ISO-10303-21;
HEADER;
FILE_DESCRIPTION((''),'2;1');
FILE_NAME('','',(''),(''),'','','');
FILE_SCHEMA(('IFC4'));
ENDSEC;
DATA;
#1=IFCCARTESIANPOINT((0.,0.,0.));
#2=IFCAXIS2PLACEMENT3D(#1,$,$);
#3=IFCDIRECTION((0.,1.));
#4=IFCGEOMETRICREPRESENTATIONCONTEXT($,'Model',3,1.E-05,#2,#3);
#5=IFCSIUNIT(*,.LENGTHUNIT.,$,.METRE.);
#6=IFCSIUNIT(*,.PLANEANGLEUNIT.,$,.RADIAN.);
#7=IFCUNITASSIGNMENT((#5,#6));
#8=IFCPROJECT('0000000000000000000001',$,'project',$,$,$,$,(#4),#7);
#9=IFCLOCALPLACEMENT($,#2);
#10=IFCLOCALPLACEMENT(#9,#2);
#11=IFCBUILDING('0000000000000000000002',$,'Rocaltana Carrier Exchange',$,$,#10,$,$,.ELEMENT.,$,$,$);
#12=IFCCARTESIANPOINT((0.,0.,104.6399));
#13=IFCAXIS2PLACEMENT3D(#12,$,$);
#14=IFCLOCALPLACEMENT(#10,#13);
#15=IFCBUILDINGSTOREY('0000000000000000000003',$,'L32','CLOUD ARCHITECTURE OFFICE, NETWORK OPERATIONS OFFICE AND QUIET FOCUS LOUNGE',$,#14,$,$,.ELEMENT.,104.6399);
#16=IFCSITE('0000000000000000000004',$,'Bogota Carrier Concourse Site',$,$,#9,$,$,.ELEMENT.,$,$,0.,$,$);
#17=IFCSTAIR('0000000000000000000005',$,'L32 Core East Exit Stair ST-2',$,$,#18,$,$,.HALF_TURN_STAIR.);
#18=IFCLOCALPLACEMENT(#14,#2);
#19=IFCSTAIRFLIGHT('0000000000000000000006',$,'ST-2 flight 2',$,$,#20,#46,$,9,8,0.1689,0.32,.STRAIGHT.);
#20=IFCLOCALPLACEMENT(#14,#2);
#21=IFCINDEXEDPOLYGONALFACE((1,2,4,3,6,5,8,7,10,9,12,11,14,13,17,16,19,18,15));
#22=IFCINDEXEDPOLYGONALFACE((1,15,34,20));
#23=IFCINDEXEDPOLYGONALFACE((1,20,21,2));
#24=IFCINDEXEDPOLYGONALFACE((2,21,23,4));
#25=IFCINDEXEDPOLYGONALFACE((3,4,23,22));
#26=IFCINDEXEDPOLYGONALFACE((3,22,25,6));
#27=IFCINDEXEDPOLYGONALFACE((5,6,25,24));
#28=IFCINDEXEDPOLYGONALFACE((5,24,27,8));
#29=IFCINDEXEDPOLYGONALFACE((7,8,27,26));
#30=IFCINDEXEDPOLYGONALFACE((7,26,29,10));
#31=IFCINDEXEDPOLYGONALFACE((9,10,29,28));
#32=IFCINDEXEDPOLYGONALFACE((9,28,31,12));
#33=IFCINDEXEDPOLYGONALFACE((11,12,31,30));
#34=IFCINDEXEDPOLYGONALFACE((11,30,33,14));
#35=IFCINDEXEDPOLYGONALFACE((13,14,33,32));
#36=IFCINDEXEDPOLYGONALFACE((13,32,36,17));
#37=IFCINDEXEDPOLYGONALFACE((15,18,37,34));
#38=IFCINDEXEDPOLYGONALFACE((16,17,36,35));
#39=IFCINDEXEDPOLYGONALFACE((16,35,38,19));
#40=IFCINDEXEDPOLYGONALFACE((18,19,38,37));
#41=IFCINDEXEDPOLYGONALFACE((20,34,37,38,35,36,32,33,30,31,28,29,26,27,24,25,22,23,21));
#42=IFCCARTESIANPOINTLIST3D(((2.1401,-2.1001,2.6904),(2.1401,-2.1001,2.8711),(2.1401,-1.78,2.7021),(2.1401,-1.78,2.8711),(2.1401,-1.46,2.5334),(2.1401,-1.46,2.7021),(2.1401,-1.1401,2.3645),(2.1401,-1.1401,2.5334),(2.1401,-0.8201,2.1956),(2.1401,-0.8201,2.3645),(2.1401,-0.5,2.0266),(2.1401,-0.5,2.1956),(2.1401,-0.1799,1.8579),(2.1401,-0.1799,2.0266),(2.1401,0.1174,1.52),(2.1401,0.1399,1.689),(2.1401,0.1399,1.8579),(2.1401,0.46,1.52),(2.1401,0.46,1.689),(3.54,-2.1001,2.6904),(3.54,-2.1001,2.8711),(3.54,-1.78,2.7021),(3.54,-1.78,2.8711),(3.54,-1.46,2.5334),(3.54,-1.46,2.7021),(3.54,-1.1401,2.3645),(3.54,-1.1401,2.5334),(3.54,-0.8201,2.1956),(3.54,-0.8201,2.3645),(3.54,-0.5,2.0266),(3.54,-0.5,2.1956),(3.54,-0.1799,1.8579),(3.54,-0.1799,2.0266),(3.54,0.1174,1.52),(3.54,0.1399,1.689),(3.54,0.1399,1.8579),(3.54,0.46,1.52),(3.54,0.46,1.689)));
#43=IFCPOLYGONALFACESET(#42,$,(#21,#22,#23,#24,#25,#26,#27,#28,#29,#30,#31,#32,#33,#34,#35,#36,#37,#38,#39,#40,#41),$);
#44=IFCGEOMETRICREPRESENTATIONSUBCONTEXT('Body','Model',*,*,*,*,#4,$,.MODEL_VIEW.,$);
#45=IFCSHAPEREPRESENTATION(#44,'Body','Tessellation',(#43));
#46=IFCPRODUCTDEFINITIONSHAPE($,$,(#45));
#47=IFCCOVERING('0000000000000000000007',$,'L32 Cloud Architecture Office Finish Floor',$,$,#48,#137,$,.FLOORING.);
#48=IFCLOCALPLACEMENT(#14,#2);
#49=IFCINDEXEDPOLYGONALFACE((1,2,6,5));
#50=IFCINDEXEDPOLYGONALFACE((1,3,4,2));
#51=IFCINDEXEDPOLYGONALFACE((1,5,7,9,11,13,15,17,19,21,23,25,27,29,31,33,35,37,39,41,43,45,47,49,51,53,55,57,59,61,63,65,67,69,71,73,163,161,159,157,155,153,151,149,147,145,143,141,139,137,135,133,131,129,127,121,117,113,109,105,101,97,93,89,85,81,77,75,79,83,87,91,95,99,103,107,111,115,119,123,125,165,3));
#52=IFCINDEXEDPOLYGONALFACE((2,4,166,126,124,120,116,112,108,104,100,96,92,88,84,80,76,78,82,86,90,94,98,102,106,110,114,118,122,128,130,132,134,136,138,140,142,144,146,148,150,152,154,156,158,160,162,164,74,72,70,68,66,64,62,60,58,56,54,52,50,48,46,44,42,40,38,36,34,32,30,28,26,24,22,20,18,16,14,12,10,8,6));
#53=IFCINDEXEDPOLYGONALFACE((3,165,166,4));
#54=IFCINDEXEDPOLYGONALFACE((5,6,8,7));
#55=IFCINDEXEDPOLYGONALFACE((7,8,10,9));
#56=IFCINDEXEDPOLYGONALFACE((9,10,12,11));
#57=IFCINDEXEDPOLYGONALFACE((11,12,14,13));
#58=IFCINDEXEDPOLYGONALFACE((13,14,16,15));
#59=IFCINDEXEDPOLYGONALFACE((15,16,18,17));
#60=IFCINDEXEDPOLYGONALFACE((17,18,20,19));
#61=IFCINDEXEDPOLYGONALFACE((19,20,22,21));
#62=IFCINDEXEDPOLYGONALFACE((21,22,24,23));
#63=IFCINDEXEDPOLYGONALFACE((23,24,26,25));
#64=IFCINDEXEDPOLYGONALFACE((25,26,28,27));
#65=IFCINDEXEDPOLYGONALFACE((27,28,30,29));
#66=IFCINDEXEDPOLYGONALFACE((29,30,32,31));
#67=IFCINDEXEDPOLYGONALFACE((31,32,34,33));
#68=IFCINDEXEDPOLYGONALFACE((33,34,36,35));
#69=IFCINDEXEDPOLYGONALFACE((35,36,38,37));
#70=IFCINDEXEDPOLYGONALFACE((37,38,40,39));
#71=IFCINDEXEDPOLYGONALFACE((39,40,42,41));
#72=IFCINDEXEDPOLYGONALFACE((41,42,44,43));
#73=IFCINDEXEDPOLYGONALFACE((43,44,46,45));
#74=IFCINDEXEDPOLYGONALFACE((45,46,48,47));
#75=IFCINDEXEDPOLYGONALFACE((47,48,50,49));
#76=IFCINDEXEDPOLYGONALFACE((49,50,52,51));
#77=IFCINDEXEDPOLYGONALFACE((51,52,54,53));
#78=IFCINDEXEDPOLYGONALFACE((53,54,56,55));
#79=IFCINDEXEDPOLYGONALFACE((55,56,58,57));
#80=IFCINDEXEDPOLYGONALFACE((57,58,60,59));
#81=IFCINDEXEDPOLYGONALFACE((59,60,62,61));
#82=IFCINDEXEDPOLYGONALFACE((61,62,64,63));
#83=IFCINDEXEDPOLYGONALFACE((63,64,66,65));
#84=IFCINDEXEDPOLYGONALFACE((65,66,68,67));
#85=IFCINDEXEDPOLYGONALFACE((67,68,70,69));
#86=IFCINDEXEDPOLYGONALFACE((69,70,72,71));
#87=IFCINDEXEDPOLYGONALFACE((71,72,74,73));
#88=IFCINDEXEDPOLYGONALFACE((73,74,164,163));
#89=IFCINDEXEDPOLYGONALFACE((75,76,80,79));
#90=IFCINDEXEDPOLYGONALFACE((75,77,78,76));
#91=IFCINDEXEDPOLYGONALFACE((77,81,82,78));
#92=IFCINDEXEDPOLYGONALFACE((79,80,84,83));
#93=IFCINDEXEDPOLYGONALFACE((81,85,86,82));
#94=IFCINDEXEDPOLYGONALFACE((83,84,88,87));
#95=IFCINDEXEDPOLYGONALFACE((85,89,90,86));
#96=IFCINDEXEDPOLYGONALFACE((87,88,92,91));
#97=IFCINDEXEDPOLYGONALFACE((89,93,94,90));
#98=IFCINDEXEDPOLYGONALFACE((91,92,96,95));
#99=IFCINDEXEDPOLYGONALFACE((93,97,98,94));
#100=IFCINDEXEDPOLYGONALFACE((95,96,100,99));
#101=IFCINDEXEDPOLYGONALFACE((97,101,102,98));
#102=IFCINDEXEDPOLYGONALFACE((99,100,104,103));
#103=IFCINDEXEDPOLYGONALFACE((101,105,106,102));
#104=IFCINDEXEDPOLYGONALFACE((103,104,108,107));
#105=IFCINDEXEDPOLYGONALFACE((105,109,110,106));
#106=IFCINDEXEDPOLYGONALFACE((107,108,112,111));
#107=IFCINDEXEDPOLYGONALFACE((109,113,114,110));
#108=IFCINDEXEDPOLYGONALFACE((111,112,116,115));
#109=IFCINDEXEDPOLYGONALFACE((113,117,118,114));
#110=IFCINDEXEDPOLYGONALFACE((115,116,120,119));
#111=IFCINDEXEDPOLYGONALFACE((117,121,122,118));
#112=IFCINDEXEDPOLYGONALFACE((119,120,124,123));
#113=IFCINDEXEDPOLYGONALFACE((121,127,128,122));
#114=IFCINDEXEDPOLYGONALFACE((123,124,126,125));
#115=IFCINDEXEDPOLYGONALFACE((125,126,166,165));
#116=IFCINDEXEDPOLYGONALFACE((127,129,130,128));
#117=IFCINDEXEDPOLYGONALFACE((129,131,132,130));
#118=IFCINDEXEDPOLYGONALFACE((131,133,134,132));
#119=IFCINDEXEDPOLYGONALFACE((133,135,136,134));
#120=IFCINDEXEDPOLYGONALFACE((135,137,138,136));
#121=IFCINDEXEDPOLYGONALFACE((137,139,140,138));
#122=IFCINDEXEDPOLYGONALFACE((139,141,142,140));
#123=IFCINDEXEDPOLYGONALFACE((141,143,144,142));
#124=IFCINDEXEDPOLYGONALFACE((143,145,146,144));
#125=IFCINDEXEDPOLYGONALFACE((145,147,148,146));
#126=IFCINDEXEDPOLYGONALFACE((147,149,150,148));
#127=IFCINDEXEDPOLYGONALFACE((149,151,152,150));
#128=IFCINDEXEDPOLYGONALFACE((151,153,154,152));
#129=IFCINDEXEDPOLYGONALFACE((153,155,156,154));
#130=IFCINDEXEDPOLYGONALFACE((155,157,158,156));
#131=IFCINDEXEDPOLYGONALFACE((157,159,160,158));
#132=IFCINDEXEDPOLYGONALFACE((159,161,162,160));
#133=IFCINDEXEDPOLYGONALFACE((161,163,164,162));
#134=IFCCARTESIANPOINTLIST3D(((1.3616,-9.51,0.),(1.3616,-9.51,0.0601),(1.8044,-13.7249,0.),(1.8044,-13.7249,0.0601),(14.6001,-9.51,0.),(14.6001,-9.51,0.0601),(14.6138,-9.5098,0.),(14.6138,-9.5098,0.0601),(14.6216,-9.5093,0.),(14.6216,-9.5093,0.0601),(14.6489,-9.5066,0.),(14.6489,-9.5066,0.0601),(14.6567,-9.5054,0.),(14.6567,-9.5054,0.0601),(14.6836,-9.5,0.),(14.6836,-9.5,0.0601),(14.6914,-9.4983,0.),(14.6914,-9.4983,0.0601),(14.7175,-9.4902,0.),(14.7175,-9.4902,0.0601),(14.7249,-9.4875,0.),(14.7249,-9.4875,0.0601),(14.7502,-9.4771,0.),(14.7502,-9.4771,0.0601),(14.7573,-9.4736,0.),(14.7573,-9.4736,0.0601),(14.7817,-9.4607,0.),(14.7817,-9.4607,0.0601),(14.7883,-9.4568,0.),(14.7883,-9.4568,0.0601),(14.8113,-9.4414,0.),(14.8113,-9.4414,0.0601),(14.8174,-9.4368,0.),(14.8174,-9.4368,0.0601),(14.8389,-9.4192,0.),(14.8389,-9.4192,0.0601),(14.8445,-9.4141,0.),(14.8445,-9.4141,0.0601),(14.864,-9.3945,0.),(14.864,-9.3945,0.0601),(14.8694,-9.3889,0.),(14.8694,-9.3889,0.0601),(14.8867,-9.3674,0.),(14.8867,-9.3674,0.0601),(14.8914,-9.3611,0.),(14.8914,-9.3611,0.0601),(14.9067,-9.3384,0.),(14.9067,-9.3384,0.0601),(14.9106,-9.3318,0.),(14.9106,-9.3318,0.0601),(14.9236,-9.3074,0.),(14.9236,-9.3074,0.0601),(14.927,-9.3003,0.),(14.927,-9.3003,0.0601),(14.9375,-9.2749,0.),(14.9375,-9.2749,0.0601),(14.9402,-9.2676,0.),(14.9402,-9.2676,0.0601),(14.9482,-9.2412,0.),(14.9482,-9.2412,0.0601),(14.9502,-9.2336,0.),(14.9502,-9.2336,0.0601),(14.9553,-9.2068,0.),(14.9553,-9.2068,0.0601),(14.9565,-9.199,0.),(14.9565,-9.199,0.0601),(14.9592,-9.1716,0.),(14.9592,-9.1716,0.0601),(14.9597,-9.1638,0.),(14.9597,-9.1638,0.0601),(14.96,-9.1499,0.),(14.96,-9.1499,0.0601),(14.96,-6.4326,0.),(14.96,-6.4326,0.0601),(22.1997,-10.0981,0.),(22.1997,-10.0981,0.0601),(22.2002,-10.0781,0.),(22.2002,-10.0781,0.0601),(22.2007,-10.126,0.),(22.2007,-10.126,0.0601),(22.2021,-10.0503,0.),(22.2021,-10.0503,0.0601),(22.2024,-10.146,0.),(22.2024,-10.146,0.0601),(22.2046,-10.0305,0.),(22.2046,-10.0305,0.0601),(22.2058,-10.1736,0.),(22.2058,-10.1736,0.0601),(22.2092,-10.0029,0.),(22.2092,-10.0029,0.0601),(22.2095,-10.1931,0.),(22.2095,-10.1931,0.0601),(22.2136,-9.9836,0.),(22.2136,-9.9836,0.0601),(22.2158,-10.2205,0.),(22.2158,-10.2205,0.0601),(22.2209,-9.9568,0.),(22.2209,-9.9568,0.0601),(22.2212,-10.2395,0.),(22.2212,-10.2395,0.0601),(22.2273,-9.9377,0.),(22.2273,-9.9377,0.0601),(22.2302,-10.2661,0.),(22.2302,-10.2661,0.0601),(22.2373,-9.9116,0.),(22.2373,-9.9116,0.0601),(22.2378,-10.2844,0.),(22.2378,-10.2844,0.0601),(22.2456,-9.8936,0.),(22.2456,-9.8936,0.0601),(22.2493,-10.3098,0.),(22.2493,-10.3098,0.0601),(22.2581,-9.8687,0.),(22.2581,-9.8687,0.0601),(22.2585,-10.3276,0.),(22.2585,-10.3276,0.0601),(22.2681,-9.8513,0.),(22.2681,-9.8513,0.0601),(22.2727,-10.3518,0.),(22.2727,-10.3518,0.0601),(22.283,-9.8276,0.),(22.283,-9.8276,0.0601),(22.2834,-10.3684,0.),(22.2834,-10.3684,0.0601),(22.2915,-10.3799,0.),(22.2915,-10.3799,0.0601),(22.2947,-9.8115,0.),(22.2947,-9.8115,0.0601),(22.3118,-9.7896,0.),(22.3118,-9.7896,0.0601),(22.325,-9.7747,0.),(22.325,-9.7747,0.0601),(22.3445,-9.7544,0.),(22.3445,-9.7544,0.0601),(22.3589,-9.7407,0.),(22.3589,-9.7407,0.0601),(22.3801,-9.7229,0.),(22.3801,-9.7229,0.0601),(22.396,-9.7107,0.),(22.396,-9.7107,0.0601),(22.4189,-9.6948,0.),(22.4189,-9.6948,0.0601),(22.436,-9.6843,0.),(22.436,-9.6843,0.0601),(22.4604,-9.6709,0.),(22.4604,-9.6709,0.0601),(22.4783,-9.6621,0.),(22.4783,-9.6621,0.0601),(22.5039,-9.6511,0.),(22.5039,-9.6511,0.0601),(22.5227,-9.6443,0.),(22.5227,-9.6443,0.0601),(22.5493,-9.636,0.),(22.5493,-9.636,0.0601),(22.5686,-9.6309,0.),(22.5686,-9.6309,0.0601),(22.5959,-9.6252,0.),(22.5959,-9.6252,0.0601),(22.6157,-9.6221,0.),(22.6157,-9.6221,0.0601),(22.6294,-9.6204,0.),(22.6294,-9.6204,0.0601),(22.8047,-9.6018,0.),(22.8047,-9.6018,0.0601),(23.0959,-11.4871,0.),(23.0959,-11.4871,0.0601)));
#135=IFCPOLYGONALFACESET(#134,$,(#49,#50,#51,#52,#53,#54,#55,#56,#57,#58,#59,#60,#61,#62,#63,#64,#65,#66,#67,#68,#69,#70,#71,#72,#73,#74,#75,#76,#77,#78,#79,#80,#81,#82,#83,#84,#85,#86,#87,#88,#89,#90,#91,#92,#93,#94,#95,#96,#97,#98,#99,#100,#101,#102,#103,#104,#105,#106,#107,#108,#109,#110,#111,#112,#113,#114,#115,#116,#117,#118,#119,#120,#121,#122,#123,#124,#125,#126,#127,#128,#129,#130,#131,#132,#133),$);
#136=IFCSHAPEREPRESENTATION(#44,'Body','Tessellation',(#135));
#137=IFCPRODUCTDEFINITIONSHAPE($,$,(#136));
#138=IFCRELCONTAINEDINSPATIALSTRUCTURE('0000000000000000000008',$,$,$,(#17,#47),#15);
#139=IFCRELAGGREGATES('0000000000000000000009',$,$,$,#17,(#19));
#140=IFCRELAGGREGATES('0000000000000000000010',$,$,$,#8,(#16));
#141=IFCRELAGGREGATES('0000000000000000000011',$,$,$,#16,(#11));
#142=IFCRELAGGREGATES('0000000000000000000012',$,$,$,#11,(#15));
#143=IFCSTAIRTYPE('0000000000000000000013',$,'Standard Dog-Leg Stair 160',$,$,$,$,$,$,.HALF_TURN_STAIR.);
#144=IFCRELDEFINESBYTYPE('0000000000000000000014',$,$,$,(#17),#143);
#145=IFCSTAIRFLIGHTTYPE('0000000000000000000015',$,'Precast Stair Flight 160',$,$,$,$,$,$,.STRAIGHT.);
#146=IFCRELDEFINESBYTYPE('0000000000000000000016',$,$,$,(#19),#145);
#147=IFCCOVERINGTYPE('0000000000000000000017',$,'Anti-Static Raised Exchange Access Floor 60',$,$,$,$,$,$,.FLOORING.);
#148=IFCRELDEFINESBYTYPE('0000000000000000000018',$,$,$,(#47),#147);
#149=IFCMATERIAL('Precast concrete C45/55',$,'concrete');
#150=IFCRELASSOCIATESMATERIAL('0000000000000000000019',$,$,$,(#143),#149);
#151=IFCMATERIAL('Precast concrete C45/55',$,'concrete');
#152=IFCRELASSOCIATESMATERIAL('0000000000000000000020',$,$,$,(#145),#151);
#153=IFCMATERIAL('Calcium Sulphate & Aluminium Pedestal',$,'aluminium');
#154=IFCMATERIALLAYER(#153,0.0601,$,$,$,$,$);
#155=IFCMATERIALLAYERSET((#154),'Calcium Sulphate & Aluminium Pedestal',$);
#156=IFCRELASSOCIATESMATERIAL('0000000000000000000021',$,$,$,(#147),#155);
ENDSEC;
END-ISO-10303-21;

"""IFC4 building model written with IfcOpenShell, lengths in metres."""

from ifc_helpers import new_model, si_unit, direction, frame, origin, place, context, subcontext, project, spatial, polyline, outline, extrude, material, layer, layer_set, type_object, element, aggregate, save


model = new_model("IFC4")

# Units and contexts
model_context = context("Model", 3, precision=1e-05, world=origin(), true_north=direction((0.0, 1.0)))
body_context = subcontext(model_context, "Body", "Model", "MODEL_VIEW")
ifc_project = project(units=[si_unit("LENGTHUNIT", "METRE"), si_unit("PLANEANGLEUNIT", "RADIAN")], contexts=[model_context])

# Site, building, storey
site_placement = place(None, origin())
site = spatial("IfcSite", under=ifc_project, at=site_placement, Name="Bogota Carrier Concourse Site", CompositionType="ELEMENT", RefElevation=0.0)
building_placement = place(site_placement, origin())
building = spatial("IfcBuilding", under=site, at=building_placement, Name="Rocaltana Carrier Exchange", CompositionType="ELEMENT")
storey_placement = place(building_placement, frame((0.0, 0.0, 104.6399)))
storey = spatial("IfcBuildingStorey", under=building, at=storey_placement, Name="L32", Description="CLOUD ARCHITECTURE OFFICE, NETWORK OPERATIONS OFFICE AND QUIET FOCUS LOUNGE", CompositionType="ELEMENT", Elevation=104.6399)

# Stair, stair flight
ifc_material_1 = material(Name="Precast concrete C45/55", Category="concrete")
stair_type = type_object("IfcStairType", Name="Standard Dog-Leg Stair 160", PredefinedType="HALF_TURN_STAIR", material=ifc_material_1)
stair_placement = place(storey_placement, origin())
stair = element("IfcStair", 1, at=stair_placement, inside=storey, type_object=stair_type, Name="L32 Core East Exit Stair ST-2", PredefinedType="HALF_TURN_STAIR")
ifc_material_2 = material(Name="Precast concrete C45/55", Category="concrete")
stair_flight_type = type_object("IfcStairFlightType", Name="Precast Stair Flight 160", PredefinedType="STRAIGHT", material=ifc_material_2)
stair_flight_placement = place(storey_placement, frame((2.8401, 0.46, 1.52), z_axis=(0.0, 0.0, 1.0), x_axis=(0.0, -1.0, 0.0)))
stair_flight = element("IfcStairFlight", 2, at=stair_flight_placement, type_object=stair_flight_type, Name="ST-2 flight 2", NumberOfRisers=9, NumberOfTreads=8, PredefinedType="STRAIGHT", RiserHeight=0.1689, TreadLength=0.32, context=body_context, shape_type="SweptSolid", body=[
    extrude(outline(polyline([(0.0, 0.0), (0.0, 0.1689), (0.3201, 0.1689), (0.3201, 0.3379), (0.6399, 0.3379), (0.6399, 0.5066), (0.96, 0.5066), (0.96, 0.6755), (1.28, 0.6755), (1.28, 0.8445), (1.6001, 0.8445), (1.6001, 1.0134), (1.9199, 1.0134), (1.9199, 1.1821), (2.24, 1.1821), (2.24, 1.3511), (2.5601, 1.3511), (2.5601, 1.52), (2.5601, 1.1704), (0.3425, 0.0), (0.0, 0.0)])), frame((0.0, 0.7, 0.0), z_axis=(0.0, -1.0, 0.0), x_axis=(1.0, 0.0, 0.0)), (0.0, 0.0, 1.0), 1.3999),
])
aggregate(stair, [stair_flight])

# Covering
ifc_material_3 = material(Name="Calcium Sulphate & Aluminium Pedestal", Category="aluminium")
ifc_layer_1 = layer(ifc_material_3, 0.0601)
ifc_layer_set_1 = layer_set([ifc_layer_1], Name="Calcium Sulphate & Aluminium Pedestal")
covering_type_1 = type_object("IfcCoveringType", Name="Anti-Static Raised Exchange Access Floor 60", PredefinedType="FLOORING", material=ifc_layer_set_1)
covering_1_placement = place(storey_placement, origin())
element("IfcCovering", 3, at=covering_1_placement, inside=storey, type_object=covering_type_1, Name="L32 Cloud Architecture Office Finish Floor", PredefinedType="FLOORING", context=body_context, shape_type="SweptSolid", body=[
    extrude(outline(polyline([(22.6294, -9.6204), (22.6157, -9.6221), (22.5959, -9.6252), (22.5686, -9.6309), (22.5493, -9.636), (22.5227, -9.6443), (22.5039, -9.6511), (22.4783, -9.6621), (22.4604, -9.6709), (22.436, -9.6843), (22.4189, -9.6948), (22.396, -9.7107), (22.3801, -9.7229), (22.3589, -9.7407), (22.3445, -9.7544), (22.325, -9.7747), (22.3118, -9.7896), (22.2947, -9.8115), (22.283, -9.8276), (22.2681, -9.8513), (22.2581, -9.8687), (22.2456, -9.8936), (22.2373, -9.9116), (22.2273, -9.9377), (22.2209, -9.9568), (22.2136, -9.9836), (22.2092, -10.0029), (22.2046, -10.0305), (22.2021, -10.0503), (22.2002, -10.0781), (22.1997, -10.0981), (22.2007, -10.126), (22.2024, -10.146), (22.2058, -10.1736), (22.2095, -10.1931), (22.2158, -10.2205), (22.2212, -10.2395), (22.2302, -10.2661), (22.2378, -10.2844), (22.2493, -10.3098), (22.2585, -10.3276), (22.2727, -10.3518), (22.2834, -10.3684), (22.2915, -10.3799), (23.0959, -11.4871), (1.8044, -13.7249), (1.3616, -9.51), (14.6001, -9.51), (14.6138, -9.5098), (14.6216, -9.5093), (14.6489, -9.5066), (14.6567, -9.5054), (14.6836, -9.5), (14.6914, -9.4983), (14.7175, -9.4902), (14.7249, -9.4875), (14.7502, -9.4771), (14.7573, -9.4736), (14.7817, -9.4607), (14.7883, -9.4568), (14.8113, -9.4414), (14.8174, -9.4368), (14.8389, -9.4192), (14.8445, -9.4141), (14.864, -9.3945), (14.8694, -9.3889), (14.8867, -9.3674), (14.8914, -9.3611), (14.9067, -9.3384), (14.9106, -9.3318), (14.9236, -9.3074), (14.927, -9.3003), (14.9375, -9.2749), (14.9402, -9.2676), (14.9482, -9.2412), (14.9502, -9.2336), (14.9553, -9.2068), (14.9565, -9.199), (14.9592, -9.1716), (14.9597, -9.1638), (14.96, -9.1499), (14.96, -6.4326), (22.8047, -9.6018), (22.6294, -9.6204)])), origin(), (0.0, 0.0, 1.0), 0.0601),
])

save(model, "model.ifc")
